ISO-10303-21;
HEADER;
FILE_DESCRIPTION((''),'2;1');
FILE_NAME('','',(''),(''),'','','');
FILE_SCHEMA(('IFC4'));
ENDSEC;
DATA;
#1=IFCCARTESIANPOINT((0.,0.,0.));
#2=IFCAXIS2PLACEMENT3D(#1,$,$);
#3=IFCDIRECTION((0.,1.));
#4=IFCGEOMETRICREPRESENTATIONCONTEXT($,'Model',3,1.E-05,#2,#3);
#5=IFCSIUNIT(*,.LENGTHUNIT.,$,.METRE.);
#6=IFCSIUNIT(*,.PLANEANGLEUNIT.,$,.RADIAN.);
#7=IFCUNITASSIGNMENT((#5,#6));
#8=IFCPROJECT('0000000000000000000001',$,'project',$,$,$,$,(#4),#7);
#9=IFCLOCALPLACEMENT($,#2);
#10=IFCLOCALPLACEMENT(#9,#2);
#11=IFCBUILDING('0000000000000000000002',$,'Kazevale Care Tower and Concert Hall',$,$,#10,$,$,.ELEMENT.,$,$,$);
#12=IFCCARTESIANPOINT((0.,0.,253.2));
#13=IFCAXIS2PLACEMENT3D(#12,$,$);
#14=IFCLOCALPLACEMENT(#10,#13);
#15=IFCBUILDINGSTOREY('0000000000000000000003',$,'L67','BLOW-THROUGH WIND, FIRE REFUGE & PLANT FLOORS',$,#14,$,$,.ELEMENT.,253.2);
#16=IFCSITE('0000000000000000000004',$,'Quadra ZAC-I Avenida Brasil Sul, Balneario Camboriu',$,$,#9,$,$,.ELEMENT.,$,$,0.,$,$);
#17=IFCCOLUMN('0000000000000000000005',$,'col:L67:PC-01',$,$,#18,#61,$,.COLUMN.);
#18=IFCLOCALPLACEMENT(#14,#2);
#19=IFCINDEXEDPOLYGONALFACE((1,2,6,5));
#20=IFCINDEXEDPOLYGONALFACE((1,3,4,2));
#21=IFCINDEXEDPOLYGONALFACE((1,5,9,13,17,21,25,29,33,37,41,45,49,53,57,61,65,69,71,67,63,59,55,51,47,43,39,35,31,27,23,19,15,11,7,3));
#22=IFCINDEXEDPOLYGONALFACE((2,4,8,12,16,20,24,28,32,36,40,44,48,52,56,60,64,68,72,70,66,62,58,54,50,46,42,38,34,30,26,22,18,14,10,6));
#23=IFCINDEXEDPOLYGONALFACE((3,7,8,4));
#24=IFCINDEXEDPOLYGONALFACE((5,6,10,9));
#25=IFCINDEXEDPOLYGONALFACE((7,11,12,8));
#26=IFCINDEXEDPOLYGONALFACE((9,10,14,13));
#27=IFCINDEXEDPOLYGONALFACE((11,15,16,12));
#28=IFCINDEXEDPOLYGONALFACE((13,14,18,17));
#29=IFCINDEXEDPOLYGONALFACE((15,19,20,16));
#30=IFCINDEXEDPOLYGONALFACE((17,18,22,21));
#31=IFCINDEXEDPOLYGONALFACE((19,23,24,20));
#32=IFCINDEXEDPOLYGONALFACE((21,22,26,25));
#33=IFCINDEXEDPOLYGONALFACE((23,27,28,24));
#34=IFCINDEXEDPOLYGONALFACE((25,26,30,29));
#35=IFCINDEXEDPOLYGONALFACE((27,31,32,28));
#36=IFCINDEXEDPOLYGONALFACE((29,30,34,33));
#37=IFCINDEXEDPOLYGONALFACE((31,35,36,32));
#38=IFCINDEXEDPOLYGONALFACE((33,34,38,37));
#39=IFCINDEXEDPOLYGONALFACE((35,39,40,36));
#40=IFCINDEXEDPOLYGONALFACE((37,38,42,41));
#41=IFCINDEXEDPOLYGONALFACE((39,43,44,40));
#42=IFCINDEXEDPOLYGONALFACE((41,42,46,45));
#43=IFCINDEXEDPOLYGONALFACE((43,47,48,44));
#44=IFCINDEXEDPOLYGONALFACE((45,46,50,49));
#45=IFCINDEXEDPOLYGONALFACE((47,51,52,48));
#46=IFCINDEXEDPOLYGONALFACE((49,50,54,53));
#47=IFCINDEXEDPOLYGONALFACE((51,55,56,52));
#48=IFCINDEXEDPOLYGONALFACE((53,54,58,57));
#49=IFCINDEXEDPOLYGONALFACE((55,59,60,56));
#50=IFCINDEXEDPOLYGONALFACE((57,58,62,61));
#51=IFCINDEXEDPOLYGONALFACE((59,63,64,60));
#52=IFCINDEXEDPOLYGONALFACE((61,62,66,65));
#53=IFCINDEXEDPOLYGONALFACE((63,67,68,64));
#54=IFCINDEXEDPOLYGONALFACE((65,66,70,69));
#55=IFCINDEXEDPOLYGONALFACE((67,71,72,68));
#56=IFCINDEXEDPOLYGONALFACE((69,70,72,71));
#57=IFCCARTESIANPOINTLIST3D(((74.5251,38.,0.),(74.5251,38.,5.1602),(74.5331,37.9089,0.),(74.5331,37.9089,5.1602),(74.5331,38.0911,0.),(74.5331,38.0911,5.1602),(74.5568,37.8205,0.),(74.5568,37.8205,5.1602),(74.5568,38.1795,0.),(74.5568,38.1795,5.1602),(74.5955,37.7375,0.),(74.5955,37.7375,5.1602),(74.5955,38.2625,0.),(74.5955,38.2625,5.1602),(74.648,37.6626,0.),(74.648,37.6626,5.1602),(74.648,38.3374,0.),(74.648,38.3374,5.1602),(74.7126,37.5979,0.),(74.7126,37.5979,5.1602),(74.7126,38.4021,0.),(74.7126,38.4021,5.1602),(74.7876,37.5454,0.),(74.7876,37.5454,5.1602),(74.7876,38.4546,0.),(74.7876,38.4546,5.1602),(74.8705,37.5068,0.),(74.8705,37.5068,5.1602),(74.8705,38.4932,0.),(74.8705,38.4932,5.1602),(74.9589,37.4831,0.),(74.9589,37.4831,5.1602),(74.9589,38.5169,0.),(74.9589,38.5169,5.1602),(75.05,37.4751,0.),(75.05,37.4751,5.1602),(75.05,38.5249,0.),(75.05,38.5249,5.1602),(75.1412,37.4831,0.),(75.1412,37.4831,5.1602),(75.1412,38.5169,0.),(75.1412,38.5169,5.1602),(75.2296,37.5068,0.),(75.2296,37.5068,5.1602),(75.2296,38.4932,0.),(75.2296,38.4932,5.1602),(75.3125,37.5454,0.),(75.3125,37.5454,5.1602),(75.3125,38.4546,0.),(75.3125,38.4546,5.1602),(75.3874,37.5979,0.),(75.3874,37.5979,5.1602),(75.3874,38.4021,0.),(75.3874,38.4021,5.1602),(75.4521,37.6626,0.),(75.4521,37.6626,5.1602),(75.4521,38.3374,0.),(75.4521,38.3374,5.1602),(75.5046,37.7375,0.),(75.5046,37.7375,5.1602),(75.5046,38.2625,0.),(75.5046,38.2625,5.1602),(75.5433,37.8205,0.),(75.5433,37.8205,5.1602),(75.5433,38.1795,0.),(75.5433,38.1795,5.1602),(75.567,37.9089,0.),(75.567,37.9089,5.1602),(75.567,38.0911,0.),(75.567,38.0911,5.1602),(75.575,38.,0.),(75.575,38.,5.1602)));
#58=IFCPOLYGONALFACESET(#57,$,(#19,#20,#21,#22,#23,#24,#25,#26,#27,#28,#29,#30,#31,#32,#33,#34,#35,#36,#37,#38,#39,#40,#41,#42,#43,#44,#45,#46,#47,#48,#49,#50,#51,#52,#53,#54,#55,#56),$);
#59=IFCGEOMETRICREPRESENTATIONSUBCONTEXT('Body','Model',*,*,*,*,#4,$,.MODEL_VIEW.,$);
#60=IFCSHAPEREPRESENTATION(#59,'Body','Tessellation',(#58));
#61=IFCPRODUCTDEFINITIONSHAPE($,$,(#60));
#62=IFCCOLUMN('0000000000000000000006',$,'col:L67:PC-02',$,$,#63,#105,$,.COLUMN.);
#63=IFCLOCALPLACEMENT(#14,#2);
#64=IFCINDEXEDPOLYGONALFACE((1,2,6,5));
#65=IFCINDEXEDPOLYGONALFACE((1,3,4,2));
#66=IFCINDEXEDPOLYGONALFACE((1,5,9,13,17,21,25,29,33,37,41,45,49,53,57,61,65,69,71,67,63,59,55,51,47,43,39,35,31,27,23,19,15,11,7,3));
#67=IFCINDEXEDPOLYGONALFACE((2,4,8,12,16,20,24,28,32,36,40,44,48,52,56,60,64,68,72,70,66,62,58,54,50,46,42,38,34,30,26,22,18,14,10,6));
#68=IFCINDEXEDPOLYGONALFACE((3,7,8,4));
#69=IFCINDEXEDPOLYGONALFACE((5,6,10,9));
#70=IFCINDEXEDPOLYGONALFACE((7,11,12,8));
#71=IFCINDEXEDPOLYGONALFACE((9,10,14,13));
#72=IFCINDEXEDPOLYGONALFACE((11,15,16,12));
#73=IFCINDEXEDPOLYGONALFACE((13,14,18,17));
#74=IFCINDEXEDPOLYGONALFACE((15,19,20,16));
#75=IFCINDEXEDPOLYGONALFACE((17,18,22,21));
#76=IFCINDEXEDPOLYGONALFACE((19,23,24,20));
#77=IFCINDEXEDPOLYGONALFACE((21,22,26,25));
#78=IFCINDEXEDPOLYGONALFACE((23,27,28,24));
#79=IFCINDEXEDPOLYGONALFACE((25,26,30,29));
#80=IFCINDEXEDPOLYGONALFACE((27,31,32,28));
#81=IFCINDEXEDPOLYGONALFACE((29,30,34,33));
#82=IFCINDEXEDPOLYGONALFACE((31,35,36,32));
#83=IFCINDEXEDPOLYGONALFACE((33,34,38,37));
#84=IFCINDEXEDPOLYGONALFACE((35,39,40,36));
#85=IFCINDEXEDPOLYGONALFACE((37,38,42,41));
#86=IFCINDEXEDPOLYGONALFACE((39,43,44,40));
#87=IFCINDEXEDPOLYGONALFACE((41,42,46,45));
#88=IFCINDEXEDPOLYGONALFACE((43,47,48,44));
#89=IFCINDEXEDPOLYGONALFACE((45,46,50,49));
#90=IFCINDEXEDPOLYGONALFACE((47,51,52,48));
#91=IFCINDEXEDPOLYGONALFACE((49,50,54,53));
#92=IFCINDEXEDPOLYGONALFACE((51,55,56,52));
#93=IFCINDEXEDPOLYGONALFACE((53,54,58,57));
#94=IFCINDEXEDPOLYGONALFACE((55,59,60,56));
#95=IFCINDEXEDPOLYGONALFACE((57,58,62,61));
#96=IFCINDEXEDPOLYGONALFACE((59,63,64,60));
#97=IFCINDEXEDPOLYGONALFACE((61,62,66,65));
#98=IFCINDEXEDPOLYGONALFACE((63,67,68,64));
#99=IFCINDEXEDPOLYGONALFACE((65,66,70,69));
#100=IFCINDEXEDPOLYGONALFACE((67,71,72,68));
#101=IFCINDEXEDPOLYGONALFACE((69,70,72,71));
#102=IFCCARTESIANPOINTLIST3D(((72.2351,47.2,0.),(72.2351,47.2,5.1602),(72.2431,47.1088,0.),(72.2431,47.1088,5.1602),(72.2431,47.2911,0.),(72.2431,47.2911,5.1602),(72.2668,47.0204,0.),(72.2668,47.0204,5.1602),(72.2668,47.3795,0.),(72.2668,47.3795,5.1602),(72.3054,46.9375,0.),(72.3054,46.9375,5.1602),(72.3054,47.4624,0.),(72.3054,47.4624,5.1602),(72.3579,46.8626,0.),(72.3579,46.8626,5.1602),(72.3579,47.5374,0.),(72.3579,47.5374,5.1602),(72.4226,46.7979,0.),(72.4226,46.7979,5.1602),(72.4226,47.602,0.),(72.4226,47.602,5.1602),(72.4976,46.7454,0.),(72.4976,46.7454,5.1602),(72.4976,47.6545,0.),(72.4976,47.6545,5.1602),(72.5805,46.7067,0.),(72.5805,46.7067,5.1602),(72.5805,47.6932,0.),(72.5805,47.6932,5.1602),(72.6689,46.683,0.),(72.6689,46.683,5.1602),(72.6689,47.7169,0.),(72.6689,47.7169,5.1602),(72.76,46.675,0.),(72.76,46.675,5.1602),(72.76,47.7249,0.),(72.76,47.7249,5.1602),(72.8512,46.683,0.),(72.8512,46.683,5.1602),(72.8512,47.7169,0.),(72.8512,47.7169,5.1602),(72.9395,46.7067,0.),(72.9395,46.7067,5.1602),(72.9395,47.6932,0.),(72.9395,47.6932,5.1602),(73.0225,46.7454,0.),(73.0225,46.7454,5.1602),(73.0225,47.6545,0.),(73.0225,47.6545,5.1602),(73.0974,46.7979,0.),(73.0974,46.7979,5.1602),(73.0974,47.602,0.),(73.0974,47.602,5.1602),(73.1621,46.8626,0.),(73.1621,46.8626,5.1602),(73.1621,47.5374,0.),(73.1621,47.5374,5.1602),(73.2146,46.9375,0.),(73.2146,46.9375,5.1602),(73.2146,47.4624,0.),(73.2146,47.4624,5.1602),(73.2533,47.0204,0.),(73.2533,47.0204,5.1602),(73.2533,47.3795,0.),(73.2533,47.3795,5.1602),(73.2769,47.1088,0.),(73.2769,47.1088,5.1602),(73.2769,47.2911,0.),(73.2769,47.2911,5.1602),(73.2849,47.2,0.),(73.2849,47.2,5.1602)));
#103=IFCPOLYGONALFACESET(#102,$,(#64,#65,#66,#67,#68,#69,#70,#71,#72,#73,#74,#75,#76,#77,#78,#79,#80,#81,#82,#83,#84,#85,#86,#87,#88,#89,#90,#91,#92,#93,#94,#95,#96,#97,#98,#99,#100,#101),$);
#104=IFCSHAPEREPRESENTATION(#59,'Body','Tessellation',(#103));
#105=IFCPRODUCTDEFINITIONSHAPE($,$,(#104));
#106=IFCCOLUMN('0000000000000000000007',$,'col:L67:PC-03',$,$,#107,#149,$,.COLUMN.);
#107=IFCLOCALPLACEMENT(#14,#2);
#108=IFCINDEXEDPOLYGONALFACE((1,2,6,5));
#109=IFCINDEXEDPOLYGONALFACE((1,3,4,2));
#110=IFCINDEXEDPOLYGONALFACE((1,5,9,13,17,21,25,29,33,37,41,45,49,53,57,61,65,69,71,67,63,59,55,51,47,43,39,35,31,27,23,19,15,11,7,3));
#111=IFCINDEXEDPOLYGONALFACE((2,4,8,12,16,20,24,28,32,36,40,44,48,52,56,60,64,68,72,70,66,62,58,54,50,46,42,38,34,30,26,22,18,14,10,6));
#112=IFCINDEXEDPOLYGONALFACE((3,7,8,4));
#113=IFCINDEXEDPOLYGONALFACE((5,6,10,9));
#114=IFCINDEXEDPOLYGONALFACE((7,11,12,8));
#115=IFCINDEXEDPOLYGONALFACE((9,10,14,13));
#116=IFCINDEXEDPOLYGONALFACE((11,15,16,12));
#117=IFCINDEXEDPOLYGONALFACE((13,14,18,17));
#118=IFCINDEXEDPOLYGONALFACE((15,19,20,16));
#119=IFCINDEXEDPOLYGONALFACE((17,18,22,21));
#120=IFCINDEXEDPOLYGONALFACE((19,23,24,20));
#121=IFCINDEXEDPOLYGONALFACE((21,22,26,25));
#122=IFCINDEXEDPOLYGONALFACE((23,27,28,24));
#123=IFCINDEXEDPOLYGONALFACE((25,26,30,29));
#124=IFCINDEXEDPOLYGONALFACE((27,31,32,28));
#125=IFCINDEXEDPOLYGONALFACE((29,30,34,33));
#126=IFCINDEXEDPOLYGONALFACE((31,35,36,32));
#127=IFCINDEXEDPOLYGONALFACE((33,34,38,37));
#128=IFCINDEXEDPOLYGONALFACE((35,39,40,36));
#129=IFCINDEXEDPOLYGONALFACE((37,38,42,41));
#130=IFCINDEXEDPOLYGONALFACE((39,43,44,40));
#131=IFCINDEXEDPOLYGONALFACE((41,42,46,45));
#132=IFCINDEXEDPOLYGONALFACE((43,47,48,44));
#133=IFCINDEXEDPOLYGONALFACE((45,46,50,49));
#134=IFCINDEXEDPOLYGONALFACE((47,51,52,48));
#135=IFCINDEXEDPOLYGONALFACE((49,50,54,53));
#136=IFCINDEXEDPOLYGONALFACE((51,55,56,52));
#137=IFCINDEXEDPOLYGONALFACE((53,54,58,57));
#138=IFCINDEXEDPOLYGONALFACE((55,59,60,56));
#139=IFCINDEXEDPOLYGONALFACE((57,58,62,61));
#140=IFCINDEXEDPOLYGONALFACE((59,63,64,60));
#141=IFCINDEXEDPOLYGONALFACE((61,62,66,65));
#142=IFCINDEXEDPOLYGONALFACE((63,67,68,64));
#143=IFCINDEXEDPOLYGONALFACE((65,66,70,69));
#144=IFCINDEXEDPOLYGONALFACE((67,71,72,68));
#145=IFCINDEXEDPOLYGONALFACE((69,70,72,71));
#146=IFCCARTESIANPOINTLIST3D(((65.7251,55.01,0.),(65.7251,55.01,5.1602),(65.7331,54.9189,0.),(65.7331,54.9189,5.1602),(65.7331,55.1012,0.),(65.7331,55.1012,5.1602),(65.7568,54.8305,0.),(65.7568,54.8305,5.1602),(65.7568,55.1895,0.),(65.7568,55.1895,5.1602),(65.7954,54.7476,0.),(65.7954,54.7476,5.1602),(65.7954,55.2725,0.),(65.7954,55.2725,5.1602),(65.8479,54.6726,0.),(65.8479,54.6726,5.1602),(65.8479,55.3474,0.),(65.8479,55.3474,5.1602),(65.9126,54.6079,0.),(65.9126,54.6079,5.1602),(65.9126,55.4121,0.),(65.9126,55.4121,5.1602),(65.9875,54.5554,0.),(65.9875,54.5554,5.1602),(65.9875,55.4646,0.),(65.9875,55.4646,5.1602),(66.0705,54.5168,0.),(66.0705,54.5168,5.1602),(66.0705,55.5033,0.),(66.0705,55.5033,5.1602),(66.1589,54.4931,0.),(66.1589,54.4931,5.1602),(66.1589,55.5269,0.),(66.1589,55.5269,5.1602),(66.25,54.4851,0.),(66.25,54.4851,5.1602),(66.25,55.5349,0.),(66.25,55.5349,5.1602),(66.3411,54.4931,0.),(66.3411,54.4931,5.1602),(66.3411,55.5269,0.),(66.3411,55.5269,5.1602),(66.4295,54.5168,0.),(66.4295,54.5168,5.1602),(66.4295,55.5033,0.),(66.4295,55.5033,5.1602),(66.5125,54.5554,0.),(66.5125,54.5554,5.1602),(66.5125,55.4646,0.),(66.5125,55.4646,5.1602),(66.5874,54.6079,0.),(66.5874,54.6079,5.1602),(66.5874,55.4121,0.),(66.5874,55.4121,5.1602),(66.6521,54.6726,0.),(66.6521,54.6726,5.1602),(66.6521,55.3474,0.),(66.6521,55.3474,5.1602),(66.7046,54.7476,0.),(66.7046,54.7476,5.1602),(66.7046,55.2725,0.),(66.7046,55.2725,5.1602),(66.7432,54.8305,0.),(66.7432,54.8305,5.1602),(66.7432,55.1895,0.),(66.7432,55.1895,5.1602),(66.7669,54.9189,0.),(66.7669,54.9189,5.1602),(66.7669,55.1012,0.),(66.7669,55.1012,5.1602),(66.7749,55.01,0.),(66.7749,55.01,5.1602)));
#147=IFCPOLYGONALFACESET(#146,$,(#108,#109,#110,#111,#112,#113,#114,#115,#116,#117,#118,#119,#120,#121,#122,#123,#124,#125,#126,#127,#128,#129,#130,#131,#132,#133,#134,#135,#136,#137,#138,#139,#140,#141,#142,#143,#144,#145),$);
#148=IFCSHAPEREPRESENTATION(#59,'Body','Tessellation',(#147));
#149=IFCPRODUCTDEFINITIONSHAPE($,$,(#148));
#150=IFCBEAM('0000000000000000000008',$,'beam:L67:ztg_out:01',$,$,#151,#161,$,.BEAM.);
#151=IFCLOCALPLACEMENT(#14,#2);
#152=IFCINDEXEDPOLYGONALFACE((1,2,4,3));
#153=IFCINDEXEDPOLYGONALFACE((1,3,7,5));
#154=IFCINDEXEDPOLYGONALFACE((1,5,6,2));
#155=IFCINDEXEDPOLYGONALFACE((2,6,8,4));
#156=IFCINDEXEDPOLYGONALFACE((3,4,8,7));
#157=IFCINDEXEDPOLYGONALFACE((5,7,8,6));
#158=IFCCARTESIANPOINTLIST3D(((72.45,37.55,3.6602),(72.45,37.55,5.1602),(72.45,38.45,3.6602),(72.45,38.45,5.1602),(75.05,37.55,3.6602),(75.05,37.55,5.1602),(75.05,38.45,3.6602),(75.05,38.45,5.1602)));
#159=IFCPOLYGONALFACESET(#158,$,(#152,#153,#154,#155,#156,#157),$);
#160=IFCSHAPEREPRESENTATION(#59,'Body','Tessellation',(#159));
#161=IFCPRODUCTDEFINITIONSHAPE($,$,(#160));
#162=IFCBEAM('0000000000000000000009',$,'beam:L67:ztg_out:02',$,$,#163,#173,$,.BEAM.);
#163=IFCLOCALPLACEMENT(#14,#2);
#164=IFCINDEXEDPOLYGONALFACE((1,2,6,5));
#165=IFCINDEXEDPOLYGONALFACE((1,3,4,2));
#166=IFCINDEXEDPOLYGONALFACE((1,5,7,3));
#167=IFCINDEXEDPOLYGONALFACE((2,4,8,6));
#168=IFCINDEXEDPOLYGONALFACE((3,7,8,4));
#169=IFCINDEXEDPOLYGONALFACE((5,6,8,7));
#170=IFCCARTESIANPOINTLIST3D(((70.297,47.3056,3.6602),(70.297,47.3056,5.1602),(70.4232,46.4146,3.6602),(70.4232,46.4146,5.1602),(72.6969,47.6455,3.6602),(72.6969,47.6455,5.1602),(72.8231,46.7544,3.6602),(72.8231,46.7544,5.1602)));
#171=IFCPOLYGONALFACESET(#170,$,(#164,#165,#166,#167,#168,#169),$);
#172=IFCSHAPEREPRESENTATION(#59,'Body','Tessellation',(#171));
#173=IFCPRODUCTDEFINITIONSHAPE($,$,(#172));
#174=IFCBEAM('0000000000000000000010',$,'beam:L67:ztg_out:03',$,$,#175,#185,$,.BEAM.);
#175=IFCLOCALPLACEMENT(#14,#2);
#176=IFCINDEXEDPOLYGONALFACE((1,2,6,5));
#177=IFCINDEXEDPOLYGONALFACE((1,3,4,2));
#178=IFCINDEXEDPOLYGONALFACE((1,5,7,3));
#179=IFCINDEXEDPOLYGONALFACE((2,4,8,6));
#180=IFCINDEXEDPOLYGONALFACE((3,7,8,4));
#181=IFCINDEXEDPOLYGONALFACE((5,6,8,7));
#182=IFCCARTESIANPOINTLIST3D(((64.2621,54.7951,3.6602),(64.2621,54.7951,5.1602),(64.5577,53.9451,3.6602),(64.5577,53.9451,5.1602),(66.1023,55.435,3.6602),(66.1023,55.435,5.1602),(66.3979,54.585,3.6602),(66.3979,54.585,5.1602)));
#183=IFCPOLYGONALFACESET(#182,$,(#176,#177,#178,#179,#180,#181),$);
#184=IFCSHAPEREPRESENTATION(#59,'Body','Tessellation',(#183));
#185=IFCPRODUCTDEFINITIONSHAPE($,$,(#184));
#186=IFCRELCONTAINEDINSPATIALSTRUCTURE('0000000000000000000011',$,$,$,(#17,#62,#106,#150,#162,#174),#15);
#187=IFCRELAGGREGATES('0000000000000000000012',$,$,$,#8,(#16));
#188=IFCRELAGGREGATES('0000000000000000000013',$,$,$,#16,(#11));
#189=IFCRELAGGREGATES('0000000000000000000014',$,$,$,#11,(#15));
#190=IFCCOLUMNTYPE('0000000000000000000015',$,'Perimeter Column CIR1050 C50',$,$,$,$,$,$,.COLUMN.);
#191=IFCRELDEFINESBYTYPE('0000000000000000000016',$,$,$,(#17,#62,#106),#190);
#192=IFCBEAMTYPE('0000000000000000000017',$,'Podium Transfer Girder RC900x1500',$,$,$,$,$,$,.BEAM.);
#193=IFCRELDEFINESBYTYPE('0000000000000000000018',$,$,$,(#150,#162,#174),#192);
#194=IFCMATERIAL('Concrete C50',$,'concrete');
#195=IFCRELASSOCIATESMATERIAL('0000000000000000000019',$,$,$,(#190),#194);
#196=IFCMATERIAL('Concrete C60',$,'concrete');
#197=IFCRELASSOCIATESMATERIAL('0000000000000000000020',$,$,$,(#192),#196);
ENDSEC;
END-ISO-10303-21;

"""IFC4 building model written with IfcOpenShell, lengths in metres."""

from ifc_helpers import new_model, si_unit, direction, frame, origin, origin_2d, place, context, subcontext, project, spatial, rectangle, circle, extrude, material, material_profile, profile_set, type_object, element, save


model = new_model("IFC4")

# Units and contexts
model_context = context("Model", 3, precision=1e-05, world=origin(), true_north=direction((0.0, 1.0)))
body_context = subcontext(model_context, "Body", "Model", "MODEL_VIEW")
ifc_project = project(units=[si_unit("LENGTHUNIT", "METRE"), si_unit("PLANEANGLEUNIT", "RADIAN")], contexts=[model_context])

# Site, building, storey
site_placement = place(None, origin())
site = spatial("IfcSite", under=ifc_project, at=site_placement, Name="Quadra ZAC-I Avenida Brasil Sul, Balneario Camboriu", CompositionType="ELEMENT", RefElevation=0.0)
building_placement = place(site_placement, origin())
building = spatial("IfcBuilding", under=site, at=building_placement, Name="Kazevale Care Tower and Concert Hall", CompositionType="ELEMENT")
storey_placement = place(building_placement, frame((0.0, 0.0, 253.2)))
storey = spatial("IfcBuildingStorey", under=building, at=storey_placement, Name="L67", Description="BLOW-THROUGH WIND, FIRE REFUGE & PLANT FLOORS", CompositionType="ELEMENT", Elevation=253.2)

# Columns
ifc_material_1 = material(Name="Concrete C50", Category="concrete")
ifc_material_profile_1 = material_profile(ifc_material_1, circle(Radius=0.5249, at=origin_2d()), Name="RC-CIR1050")
ifc_profile_set_1 = profile_set([ifc_material_profile_1], Name="Concrete C50")
column_type = type_object("IfcColumnType", Name="Perimeter Column CIR1050 C50", PredefinedType="COLUMN", material=ifc_profile_set_1)
for number, where, z_axis, x_axis, name in (
    (1, (75.05, 38.0, 0.0), (0.0, 0.0, 1.0), (1.0, 0.0, 0.0), "col:L67:PC-01"),
    (2, (72.76, 47.2, 0.0), (0.0, 0.0, 1.0), (1.0, 0.0, 0.0), "col:L67:PC-02"),
    (3, (66.25, 55.01, 0.0), (0.0, 0.0, 1.0), (1.0, 0.0, 0.0), "col:L67:PC-03"),
):
    element("IfcColumn", number, at=place(storey_placement, frame(where, z_axis=z_axis, x_axis=x_axis)), inside=storey, type_object=column_type, Name=name, PredefinedType="COLUMN", context=body_context, shape_type="SweptSolid", body=[
        extrude(circle(Radius=0.5249, at=origin_2d()), origin(), (0.0, 0.0, 1.0), 5.1602),
    ])

# Beams
ifc_material_2 = material(Name="Concrete C60", Category="concrete")
ifc_material_profile_2 = material_profile(ifc_material_2, rectangle(XDim=0.8999, YDim=1.5, at=origin_2d()), Name="RC-TG900x1500")
ifc_profile_set_2 = profile_set([ifc_material_profile_2], Name="Concrete C60")
beam_type_1 = type_object("IfcBeamType", Name="Podium Transfer Girder RC900x1500", PredefinedType="BEAM", material=ifc_profile_set_2)
beam_1_placement = place(storey_placement, frame((72.45, 38.0, 4.4102), z_axis=(1.0, 0.0, 0.0), x_axis=(0.0, 1.0, 0.0)))
element("IfcBeam", 4, at=beam_1_placement, inside=storey, type_object=beam_type_1, Name="beam:L67:ztg_out:01", PredefinedType="BEAM", context=body_context, shape_type="SweptSolid", body=[
    extrude(rectangle(XDim=0.8999, YDim=1.5, at=origin_2d()), origin(), (0.0, 0.0, 1.0), 2.6001),
])
beam_2_placement = place(storey_placement, frame((70.3601, 46.8601, 4.4102), z_axis=(0.990122, 0.140209, 0.0), x_axis=(-0.140209, 0.990122, 0.0)))
element("IfcBeam", 5, at=beam_2_placement, inside=storey, type_object=beam_type_1, Name="beam:L67:ztg_out:02", PredefinedType="BEAM", context=body_context, shape_type="SweptSolid", body=[
    extrude(rectangle(XDim=0.8999, YDim=1.5, at=origin_2d()), origin(), (0.0, 0.0, 1.0), 2.4238),
])
beam_3_placement = place(storey_placement, frame((64.4099, 54.3701, 4.4102), z_axis=(0.944519, 0.328457, 0.0), x_axis=(-0.328457, 0.944519, 0.0)))
element("IfcBeam", 6, at=beam_3_placement, inside=storey, type_object=beam_type_1, Name="beam:L67:ztg_out:03", PredefinedType="BEAM", context=body_context, shape_type="SweptSolid", body=[
    extrude(rectangle(XDim=0.8999, YDim=1.5, at=origin_2d()), origin(), (0.0, 0.0, 1.0), 1.9482),
])

save(model, "model.ifc")
